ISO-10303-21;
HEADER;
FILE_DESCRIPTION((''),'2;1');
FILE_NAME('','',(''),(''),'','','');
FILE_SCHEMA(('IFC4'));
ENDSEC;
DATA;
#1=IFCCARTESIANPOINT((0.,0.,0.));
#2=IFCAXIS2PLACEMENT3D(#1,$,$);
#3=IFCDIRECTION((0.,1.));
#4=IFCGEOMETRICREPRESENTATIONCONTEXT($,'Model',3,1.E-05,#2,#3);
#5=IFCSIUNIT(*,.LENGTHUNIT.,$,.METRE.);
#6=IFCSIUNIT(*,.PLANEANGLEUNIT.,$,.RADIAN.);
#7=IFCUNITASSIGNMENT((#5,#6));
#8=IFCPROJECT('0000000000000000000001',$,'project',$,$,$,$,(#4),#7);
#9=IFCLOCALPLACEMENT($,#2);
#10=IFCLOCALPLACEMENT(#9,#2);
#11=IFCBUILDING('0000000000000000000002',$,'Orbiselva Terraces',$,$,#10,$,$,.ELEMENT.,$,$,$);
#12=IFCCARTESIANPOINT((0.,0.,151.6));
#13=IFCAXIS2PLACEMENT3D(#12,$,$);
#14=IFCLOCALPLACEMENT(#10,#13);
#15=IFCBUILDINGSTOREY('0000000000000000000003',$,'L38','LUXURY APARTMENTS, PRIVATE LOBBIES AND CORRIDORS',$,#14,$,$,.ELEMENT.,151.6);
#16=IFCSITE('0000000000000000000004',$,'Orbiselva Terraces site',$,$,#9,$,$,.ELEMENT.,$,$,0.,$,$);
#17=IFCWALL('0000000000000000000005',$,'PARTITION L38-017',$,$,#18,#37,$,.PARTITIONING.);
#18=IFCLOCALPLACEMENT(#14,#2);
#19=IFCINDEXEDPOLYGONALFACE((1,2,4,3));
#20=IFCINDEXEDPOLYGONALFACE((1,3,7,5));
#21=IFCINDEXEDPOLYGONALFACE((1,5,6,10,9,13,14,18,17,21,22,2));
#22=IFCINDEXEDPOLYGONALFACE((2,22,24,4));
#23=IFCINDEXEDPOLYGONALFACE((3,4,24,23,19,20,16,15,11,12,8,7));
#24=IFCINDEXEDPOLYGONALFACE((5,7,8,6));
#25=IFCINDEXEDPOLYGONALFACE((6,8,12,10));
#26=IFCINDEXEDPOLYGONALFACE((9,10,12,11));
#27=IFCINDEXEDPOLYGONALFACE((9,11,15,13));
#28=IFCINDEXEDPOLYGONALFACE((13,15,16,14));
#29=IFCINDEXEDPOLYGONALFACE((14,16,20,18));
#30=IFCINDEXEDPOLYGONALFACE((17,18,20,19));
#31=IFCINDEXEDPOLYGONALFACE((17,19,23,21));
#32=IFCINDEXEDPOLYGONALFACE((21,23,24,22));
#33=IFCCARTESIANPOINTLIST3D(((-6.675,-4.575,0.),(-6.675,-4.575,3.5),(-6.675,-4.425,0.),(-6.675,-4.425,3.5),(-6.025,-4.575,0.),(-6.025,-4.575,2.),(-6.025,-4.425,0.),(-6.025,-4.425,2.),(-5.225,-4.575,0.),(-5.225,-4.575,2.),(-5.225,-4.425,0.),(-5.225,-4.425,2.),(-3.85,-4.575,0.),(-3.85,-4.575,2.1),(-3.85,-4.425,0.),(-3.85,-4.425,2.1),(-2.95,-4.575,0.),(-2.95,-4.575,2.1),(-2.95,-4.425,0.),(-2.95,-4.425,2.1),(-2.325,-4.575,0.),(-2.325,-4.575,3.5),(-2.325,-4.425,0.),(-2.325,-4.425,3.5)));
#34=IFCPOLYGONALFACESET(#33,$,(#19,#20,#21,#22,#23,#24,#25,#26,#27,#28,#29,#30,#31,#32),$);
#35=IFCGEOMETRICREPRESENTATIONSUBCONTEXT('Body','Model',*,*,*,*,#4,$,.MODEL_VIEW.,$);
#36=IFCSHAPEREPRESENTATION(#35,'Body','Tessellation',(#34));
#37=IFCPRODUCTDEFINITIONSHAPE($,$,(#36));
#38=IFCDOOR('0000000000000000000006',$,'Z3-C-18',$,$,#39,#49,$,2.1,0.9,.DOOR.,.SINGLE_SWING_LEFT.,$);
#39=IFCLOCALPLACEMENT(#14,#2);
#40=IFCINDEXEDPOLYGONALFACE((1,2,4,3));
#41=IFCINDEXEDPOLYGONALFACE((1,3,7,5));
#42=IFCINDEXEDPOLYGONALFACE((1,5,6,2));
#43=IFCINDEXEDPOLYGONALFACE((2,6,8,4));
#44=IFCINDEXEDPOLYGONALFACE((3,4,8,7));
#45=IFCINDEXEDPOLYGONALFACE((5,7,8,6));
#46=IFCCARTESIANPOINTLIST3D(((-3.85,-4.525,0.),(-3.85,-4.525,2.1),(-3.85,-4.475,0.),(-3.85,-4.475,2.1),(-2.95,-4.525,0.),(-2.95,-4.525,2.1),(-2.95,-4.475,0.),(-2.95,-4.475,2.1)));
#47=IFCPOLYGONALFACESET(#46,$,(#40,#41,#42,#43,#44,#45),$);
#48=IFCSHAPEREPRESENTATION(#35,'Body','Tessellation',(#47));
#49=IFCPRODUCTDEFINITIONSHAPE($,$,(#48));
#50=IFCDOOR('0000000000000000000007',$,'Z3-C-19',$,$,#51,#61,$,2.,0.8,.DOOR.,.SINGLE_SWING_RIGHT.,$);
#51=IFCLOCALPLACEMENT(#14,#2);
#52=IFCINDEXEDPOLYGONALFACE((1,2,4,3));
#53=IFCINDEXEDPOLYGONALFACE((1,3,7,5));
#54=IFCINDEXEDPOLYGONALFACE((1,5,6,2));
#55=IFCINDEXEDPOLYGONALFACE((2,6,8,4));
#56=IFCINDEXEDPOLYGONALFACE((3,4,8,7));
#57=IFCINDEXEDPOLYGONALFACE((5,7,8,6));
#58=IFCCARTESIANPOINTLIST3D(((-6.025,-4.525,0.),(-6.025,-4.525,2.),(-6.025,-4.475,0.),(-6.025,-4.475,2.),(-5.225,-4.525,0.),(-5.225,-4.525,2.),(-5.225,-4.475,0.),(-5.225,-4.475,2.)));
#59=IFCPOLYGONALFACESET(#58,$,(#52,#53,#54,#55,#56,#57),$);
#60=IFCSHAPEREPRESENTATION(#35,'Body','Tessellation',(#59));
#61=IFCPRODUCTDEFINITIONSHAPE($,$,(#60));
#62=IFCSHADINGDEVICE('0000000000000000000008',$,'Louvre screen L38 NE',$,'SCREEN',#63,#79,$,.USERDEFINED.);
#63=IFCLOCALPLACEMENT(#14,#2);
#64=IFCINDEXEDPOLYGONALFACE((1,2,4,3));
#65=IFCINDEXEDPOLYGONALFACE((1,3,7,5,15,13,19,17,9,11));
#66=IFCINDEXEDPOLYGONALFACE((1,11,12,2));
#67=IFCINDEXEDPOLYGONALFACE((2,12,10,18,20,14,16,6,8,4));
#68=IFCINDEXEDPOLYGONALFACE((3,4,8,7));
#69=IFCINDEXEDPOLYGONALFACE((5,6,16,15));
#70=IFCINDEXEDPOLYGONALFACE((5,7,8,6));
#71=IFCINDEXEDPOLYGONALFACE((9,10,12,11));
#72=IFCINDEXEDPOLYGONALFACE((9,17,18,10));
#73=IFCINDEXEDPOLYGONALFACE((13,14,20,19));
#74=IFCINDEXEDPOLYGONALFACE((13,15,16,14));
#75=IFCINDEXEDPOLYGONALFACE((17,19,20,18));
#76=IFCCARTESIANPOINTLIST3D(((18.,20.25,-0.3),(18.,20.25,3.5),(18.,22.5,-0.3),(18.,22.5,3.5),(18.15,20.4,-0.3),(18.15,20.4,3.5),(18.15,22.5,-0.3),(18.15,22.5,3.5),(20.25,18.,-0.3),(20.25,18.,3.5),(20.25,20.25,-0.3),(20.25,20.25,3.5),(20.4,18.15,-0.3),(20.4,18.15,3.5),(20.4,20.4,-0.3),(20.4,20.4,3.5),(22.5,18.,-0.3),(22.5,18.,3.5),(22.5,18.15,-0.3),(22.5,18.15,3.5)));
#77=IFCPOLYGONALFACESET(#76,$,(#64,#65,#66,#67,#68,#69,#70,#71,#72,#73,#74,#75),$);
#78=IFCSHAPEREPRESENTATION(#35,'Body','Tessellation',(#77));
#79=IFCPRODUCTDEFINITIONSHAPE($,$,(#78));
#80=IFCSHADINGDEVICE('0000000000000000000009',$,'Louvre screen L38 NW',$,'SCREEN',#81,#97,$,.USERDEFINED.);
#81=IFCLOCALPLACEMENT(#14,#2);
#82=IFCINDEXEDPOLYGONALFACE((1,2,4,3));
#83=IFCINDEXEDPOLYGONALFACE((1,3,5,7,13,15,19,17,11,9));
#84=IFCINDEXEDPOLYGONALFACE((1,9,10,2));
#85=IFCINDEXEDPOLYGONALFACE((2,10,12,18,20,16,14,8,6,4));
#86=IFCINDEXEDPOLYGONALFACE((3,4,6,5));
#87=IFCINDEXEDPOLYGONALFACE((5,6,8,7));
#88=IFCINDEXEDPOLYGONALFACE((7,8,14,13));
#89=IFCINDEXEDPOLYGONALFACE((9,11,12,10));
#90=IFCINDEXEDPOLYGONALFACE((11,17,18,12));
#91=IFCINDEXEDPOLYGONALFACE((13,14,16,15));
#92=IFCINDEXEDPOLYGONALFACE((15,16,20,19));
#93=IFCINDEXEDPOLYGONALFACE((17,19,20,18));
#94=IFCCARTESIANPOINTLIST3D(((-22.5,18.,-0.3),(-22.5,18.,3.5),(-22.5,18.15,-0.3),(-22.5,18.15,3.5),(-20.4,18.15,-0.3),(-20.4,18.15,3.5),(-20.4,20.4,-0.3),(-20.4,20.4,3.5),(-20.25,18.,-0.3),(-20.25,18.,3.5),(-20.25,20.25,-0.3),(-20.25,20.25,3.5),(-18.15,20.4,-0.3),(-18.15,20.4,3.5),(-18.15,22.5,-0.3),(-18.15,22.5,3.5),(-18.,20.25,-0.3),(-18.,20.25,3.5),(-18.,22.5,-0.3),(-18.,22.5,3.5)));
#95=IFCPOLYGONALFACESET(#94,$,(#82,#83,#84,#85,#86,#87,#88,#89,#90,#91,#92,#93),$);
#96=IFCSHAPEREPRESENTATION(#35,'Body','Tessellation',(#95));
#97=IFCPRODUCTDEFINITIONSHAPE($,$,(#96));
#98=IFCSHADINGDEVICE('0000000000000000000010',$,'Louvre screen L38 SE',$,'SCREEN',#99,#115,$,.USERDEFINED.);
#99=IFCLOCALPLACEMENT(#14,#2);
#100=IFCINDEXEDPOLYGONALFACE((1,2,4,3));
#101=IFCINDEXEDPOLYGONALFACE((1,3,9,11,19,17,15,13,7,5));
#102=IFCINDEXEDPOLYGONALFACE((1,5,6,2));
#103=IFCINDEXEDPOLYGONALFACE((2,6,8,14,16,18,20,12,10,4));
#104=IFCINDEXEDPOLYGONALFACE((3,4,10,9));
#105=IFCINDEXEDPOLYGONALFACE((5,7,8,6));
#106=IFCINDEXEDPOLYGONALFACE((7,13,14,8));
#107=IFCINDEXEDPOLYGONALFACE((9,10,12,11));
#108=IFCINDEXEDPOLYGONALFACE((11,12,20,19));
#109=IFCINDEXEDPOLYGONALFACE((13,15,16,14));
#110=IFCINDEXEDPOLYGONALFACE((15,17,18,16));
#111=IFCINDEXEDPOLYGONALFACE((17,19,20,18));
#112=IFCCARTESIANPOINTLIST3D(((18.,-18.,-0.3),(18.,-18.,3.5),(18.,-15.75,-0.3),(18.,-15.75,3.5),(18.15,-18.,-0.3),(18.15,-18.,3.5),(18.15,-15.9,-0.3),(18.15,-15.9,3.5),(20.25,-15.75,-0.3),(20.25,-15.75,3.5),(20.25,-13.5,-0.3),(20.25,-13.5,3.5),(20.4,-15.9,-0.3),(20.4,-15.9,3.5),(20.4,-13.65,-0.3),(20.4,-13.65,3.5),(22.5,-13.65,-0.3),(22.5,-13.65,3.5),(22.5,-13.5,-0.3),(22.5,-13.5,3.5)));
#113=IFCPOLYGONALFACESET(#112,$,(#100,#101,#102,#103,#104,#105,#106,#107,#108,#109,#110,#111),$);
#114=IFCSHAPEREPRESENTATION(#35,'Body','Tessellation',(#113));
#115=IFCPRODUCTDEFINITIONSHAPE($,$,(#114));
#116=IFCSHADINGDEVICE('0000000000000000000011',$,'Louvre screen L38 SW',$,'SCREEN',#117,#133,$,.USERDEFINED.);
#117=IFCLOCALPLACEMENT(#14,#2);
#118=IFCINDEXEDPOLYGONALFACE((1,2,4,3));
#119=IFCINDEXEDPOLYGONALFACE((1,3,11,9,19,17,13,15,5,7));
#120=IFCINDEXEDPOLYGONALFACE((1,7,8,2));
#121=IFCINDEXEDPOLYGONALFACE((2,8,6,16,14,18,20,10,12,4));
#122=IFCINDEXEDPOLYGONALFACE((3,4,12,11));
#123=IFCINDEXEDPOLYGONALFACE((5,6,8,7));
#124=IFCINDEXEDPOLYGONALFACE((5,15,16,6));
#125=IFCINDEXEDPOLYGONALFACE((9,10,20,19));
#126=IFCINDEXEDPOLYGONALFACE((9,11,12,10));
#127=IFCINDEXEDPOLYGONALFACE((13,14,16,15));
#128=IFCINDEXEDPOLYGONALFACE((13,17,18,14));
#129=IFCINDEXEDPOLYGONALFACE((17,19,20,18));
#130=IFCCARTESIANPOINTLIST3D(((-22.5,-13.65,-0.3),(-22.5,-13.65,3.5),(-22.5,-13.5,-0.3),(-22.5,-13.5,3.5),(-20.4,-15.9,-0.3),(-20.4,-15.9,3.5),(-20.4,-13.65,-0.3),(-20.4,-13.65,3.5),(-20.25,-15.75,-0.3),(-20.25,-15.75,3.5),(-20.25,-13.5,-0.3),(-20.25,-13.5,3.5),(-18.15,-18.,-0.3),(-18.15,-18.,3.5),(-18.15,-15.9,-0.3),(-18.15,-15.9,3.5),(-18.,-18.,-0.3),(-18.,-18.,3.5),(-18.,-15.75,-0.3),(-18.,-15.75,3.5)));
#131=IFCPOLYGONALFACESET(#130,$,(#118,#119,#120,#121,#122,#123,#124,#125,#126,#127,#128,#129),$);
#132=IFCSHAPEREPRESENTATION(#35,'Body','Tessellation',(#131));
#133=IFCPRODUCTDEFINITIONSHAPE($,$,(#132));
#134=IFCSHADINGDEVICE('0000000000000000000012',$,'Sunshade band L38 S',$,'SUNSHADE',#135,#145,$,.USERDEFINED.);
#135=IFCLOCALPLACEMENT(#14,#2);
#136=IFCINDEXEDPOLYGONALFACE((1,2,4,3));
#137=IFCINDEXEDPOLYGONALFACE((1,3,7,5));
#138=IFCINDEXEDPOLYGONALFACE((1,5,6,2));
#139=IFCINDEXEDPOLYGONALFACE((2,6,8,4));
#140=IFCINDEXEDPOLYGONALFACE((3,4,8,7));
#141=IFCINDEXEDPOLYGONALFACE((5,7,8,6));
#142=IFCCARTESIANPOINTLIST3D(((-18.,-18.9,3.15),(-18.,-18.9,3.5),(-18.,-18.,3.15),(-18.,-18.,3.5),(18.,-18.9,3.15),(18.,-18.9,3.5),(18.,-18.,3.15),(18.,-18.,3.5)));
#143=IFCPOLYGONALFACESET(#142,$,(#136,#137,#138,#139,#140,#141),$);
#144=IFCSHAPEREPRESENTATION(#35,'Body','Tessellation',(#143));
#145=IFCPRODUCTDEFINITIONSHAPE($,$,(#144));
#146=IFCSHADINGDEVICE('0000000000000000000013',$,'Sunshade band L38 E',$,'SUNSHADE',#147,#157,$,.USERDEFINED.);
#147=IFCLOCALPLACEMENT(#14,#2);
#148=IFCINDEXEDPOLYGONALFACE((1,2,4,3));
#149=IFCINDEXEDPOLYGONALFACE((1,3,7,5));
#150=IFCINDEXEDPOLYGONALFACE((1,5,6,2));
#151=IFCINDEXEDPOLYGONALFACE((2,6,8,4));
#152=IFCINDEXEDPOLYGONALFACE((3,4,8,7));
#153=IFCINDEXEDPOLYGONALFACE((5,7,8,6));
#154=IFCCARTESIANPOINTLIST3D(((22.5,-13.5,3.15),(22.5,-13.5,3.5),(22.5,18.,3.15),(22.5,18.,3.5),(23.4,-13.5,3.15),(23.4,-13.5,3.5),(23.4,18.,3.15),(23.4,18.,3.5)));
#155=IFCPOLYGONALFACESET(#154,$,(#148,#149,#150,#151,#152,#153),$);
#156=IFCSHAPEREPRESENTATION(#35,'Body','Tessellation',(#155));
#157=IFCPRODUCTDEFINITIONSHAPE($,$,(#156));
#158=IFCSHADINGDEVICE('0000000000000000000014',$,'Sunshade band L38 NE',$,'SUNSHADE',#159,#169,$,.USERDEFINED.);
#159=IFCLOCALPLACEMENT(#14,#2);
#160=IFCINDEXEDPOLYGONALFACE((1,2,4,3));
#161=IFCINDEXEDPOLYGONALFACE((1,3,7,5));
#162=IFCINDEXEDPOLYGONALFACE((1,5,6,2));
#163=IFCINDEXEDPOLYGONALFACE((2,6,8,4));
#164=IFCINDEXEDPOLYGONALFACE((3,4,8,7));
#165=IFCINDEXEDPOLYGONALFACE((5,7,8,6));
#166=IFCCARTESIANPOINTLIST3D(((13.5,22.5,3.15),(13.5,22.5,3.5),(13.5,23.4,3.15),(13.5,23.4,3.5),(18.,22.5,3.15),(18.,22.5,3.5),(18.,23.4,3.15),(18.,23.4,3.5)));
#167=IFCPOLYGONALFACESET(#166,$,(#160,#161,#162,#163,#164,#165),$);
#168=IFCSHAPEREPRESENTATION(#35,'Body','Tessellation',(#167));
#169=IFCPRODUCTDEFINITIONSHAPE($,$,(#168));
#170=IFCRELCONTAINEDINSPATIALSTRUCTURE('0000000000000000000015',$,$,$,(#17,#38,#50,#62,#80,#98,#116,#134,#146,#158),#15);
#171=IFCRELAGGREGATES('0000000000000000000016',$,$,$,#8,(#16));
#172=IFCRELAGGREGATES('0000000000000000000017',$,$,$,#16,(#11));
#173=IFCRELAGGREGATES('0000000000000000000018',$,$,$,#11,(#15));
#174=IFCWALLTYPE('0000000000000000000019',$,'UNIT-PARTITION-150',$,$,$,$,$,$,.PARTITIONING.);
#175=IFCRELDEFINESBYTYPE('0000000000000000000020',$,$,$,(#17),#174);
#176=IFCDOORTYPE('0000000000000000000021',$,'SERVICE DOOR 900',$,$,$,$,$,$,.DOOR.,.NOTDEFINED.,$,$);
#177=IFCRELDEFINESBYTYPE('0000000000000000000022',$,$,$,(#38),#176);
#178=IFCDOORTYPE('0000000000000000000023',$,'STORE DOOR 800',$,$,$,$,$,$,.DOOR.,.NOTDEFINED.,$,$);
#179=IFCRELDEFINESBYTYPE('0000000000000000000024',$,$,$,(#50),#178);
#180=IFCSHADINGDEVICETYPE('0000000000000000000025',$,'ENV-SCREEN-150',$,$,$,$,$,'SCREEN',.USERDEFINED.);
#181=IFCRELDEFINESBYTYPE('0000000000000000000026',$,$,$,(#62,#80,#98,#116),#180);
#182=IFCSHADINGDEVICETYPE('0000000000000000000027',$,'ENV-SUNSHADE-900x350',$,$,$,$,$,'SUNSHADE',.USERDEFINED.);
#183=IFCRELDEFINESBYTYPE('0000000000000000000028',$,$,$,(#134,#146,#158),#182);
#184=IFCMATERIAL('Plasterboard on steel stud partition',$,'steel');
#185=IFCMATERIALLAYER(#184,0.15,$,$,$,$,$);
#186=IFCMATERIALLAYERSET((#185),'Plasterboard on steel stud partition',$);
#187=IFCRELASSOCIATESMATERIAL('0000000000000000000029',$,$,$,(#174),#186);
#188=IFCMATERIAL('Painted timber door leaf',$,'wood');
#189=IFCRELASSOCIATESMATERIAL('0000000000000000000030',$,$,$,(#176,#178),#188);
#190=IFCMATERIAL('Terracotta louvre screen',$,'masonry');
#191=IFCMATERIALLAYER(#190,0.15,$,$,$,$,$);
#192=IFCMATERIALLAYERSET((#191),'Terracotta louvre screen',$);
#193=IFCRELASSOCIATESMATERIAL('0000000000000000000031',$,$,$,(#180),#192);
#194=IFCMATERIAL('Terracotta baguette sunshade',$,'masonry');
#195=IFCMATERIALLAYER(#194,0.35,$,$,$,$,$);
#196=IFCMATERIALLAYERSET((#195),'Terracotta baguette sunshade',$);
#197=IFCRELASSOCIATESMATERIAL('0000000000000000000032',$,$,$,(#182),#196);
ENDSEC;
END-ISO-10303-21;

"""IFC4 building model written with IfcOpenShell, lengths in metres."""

from ifc_helpers import new_model, si_unit, direction, frame, frame_2d, origin, place, context, subcontext, project, spatial, polyline, rectangle, outline, extrude, material, layer, layer_set, type_object, element, fill, save


model = new_model("IFC4")

# Units and contexts
model_context = context("Model", 3, precision=1e-05, world=origin(), true_north=direction((0.0, 1.0)))
body_context = subcontext(model_context, "Body", "Model", "MODEL_VIEW")
ifc_project = project(units=[si_unit("LENGTHUNIT", "METRE"), si_unit("PLANEANGLEUNIT", "RADIAN")], contexts=[model_context])

# Site, building, storey
site_placement = place(None, origin())
site = spatial("IfcSite", under=ifc_project, at=site_placement, Name="Orbiselva Terraces site", CompositionType="ELEMENT", RefElevation=0.0)
building_placement = place(site_placement, origin())
building = spatial("IfcBuilding", under=site, at=building_placement, Name="Orbiselva Terraces", CompositionType="ELEMENT")
storey_placement = place(building_placement, frame((0.0, 0.0, 151.6)))
storey = spatial("IfcBuildingStorey", under=building, at=storey_placement, Name="L38", Description="LUXURY APARTMENTS, PRIVATE LOBBIES AND CORRIDORS", CompositionType="ELEMENT", Elevation=151.6)

# Shared definitions
ifc_material_1 = material(Name="Plasterboard on steel stud partition", Category="steel")
ifc_layer_1 = layer(ifc_material_1, 0.15)
ifc_layer_set_1 = layer_set([ifc_layer_1], Name="Plasterboard on steel stud partition")
wall_type = type_object("IfcWallType", Name="UNIT-PARTITION-150", PredefinedType="PARTITIONING", material=ifc_layer_set_1)

# Shared definitions
ifc_material_2 = material(Name="Painted timber door leaf", Category="wood")

# Wall, openings, doors
wall_1_placement = place(storey_placement, frame((-2.325, -4.5, 0.0), z_axis=(0.0, 0.0, 1.0), x_axis=(-1.0, 0.0, 0.0)))
wall_1 = element("IfcWall", 1, at=wall_1_placement, inside=storey, type_object=wall_type, Name="PARTITION L38-017", PredefinedType="PARTITIONING", context=body_context, shape_type="SweptSolid", body=[
    extrude(rectangle(XDim=4.35, YDim=0.15, at=frame_2d((2.175, 0.0))), origin(), (0.0, 0.0, 1.0), 3.5),
])
opening_1_placement = place(wall_1_placement, frame((0.625, 0.0, 0.0)))
opening_1 = element("IfcOpeningElement", 2, at=opening_1_placement, cuts=wall_1, PredefinedType="OPENING", context=body_context, shape_type="SweptSolid", body=[
    extrude(rectangle(XDim=0.9, YDim=2.1, at=frame_2d((0.45, 1.05))), frame((0.0, 0.085, 0.0), z_axis=(0.0, -1.0, 0.0), x_axis=(1.0, 0.0, 0.0)), (0.0, 0.0, 1.0), 0.17),
])
opening_2_placement = place(wall_1_placement, frame((2.9, 0.0, 0.0)))
opening_2 = element("IfcOpeningElement", 3, at=opening_2_placement, cuts=wall_1, PredefinedType="OPENING", context=body_context, shape_type="SweptSolid", body=[
    extrude(rectangle(XDim=0.8, YDim=2.0, at=frame_2d((0.4, 1.0))), frame((0.0, 0.085, 0.0), z_axis=(0.0, -1.0, 0.0), x_axis=(1.0, 0.0, 0.0)), (0.0, 0.0, 1.0), 0.17),
])
door_type_1 = type_object("IfcDoorType", Name="SERVICE DOOR 900", OperationType="NOTDEFINED", PredefinedType="DOOR", material=ifc_material_2)
door_1_placement = place(opening_1_placement, origin())
door_1 = element("IfcDoor", 4, at=door_1_placement, inside=storey, type_object=door_type_1, Name="Z3-C-18", OperationType="SINGLE_SWING_LEFT", OverallHeight=2.1, OverallWidth=0.9, PredefinedType="DOOR", context=body_context, shape_type="SweptSolid", body=[
    extrude(rectangle(XDim=0.9, YDim=2.1, at=frame_2d((0.45, 1.05))), frame((0.0, 0.025, 0.0), z_axis=(0.0, -1.0, 0.0), x_axis=(1.0, 0.0, 0.0)), (0.0, 0.0, 1.0), 0.05),
])
fill(opening_1, door_1)
door_type_2 = type_object("IfcDoorType", Name="STORE DOOR 800", OperationType="NOTDEFINED", PredefinedType="DOOR", material=ifc_material_2)
door_2_placement = place(opening_2_placement, origin())
door_2 = element("IfcDoor", 5, at=door_2_placement, inside=storey, type_object=door_type_2, Name="Z3-C-19", OperationType="SINGLE_SWING_RIGHT", OverallHeight=2.0, OverallWidth=0.8, PredefinedType="DOOR", context=body_context, shape_type="SweptSolid", body=[
    extrude(rectangle(XDim=0.8, YDim=2.0, at=frame_2d((0.4, 1.0))), frame((0.0, 0.025, 0.0), z_axis=(0.0, -1.0, 0.0), x_axis=(1.0, 0.0, 0.0)), (0.0, 0.0, 1.0), 0.05),
])
fill(opening_2, door_2)

# Shading devices
ifc_material_3 = material(Name="Terracotta louvre screen", Category="masonry")
ifc_layer_2 = layer(ifc_material_3, 0.15)
ifc_layer_set_2 = layer_set([ifc_layer_2], Name="Terracotta louvre screen")
shading_device_type_1 = type_object("IfcShadingDeviceType", Name="ENV-SCREEN-150", ElementType="SCREEN", PredefinedType="USERDEFINED", material=ifc_layer_set_2)
shading_device_1_placement = place(storey_placement, frame((0.0, 0.0, -0.3)))
element("IfcShadingDevice", 6, at=shading_device_1_placement, inside=storey, type_object=shading_device_type_1, Name="Louvre screen L38 NE", ObjectType="SCREEN", PredefinedType="USERDEFINED", context=body_context, shape_type="SweptSolid", body=[
    extrude(outline(polyline([(22.5, 18.15), (20.4, 18.15), (20.4, 20.4), (18.15, 20.4), (18.15, 22.5), (18.0, 22.5), (18.0, 20.25), (20.25, 20.25), (20.25, 18.0), (22.5, 18.0), (22.5, 18.15)])), origin(), (0.0, 0.0, 1.0), 3.8),
])
shading_device_2_placement = place(storey_placement, frame((0.0, 0.0, -0.3)))
element("IfcShadingDevice", 7, at=shading_device_2_placement, inside=storey, type_object=shading_device_type_1, Name="Louvre screen L38 NW", ObjectType="SCREEN", PredefinedType="USERDEFINED", context=body_context, shape_type="SweptSolid", body=[
    extrude(outline(polyline([(-18.15, 22.5), (-18.15, 20.4), (-20.4, 20.4), (-20.4, 18.15), (-22.5, 18.15), (-22.5, 18.0), (-20.25, 18.0), (-20.25, 20.25), (-18.0, 20.25), (-18.0, 22.5), (-18.15, 22.5)])), origin(), (0.0, 0.0, 1.0), 3.8),
])
shading_device_3_placement = place(storey_placement, frame((0.0, 0.0, -0.3)))
element("IfcShadingDevice", 8, at=shading_device_3_placement, inside=storey, type_object=shading_device_type_1, Name="Louvre screen L38 SE", ObjectType="SCREEN", PredefinedType="USERDEFINED", context=body_context, shape_type="SweptSolid", body=[
    extrude(outline(polyline([(18.15, -18.0), (18.15, -15.9), (20.4, -15.9), (20.4, -13.65), (22.5, -13.65), (22.5, -13.5), (20.25, -13.5), (20.25, -15.75), (18.0, -15.75), (18.0, -18.0), (18.15, -18.0)])), origin(), (0.0, 0.0, 1.0), 3.8),
])
shading_device_4_placement = place(storey_placement, frame((0.0, 0.0, -0.3)))
element("IfcShadingDevice", 9, at=shading_device_4_placement, inside=storey, type_object=shading_device_type_1, Name="Louvre screen L38 SW", ObjectType="SCREEN", PredefinedType="USERDEFINED", context=body_context, shape_type="SweptSolid", body=[
    extrude(outline(polyline([(-22.5, -13.65), (-20.4, -13.65), (-20.4, -15.9), (-18.15, -15.9), (-18.15, -18.0), (-18.0, -18.0), (-18.0, -15.75), (-20.25, -15.75), (-20.25, -13.5), (-22.5, -13.5), (-22.5, -13.65)])), origin(), (0.0, 0.0, 1.0), 3.8),
])
ifc_material_4 = material(Name="Terracotta baguette sunshade", Category="masonry")
ifc_layer_3 = layer(ifc_material_4, 0.35)
ifc_layer_set_3 = layer_set([ifc_layer_3], Name="Terracotta baguette sunshade")
shading_device_type_2 = type_object("IfcShadingDeviceType", Name="ENV-SUNSHADE-900x350", ElementType="SUNSHADE", PredefinedType="USERDEFINED", material=ifc_layer_set_3)
shading_device_5_placement = place(storey_placement, frame((0.0, 0.0, 3.15)))
element("IfcShadingDevice", 10, at=shading_device_5_placement, inside=storey, type_object=shading_device_type_2, Name="Sunshade band L38 S", ObjectType="SUNSHADE", PredefinedType="USERDEFINED", context=body_context, shape_type="SweptSolid", body=[
    extrude(outline(polyline([(-18.0, -18.9), (18.0, -18.9), (18.0, -18.0), (-18.0, -18.0), (-18.0, -18.9)])), origin(), (0.0, 0.0, 1.0), 0.35),
])
shading_device_6_placement = place(storey_placement, frame((0.0, 0.0, 3.15)))
element("IfcShadingDevice", 11, at=shading_device_6_placement, inside=storey, type_object=shading_device_type_2, Name="Sunshade band L38 E", ObjectType="SUNSHADE", PredefinedType="USERDEFINED", context=body_context, shape_type="SweptSolid", body=[
    extrude(outline(polyline([(23.4, -13.5), (23.4, 18.0), (22.5, 18.0), (22.5, -13.5), (23.4, -13.5)])), origin(), (0.0, 0.0, 1.0), 0.35),
])
shading_device_7_placement = place(storey_placement, frame((0.0, 0.0, 3.15)))
element("IfcShadingDevice", 12, at=shading_device_7_placement, inside=storey, type_object=shading_device_type_2, Name="Sunshade band L38 NE", ObjectType="SUNSHADE", PredefinedType="USERDEFINED", context=body_context, shape_type="SweptSolid", body=[
    extrude(outline(polyline([(18.0, 23.4), (13.5, 23.4), (13.5, 22.5), (18.0, 22.5), (18.0, 23.4)])), origin(), (0.0, 0.0, 1.0), 0.35),
])

save(model, "model.ifc")
